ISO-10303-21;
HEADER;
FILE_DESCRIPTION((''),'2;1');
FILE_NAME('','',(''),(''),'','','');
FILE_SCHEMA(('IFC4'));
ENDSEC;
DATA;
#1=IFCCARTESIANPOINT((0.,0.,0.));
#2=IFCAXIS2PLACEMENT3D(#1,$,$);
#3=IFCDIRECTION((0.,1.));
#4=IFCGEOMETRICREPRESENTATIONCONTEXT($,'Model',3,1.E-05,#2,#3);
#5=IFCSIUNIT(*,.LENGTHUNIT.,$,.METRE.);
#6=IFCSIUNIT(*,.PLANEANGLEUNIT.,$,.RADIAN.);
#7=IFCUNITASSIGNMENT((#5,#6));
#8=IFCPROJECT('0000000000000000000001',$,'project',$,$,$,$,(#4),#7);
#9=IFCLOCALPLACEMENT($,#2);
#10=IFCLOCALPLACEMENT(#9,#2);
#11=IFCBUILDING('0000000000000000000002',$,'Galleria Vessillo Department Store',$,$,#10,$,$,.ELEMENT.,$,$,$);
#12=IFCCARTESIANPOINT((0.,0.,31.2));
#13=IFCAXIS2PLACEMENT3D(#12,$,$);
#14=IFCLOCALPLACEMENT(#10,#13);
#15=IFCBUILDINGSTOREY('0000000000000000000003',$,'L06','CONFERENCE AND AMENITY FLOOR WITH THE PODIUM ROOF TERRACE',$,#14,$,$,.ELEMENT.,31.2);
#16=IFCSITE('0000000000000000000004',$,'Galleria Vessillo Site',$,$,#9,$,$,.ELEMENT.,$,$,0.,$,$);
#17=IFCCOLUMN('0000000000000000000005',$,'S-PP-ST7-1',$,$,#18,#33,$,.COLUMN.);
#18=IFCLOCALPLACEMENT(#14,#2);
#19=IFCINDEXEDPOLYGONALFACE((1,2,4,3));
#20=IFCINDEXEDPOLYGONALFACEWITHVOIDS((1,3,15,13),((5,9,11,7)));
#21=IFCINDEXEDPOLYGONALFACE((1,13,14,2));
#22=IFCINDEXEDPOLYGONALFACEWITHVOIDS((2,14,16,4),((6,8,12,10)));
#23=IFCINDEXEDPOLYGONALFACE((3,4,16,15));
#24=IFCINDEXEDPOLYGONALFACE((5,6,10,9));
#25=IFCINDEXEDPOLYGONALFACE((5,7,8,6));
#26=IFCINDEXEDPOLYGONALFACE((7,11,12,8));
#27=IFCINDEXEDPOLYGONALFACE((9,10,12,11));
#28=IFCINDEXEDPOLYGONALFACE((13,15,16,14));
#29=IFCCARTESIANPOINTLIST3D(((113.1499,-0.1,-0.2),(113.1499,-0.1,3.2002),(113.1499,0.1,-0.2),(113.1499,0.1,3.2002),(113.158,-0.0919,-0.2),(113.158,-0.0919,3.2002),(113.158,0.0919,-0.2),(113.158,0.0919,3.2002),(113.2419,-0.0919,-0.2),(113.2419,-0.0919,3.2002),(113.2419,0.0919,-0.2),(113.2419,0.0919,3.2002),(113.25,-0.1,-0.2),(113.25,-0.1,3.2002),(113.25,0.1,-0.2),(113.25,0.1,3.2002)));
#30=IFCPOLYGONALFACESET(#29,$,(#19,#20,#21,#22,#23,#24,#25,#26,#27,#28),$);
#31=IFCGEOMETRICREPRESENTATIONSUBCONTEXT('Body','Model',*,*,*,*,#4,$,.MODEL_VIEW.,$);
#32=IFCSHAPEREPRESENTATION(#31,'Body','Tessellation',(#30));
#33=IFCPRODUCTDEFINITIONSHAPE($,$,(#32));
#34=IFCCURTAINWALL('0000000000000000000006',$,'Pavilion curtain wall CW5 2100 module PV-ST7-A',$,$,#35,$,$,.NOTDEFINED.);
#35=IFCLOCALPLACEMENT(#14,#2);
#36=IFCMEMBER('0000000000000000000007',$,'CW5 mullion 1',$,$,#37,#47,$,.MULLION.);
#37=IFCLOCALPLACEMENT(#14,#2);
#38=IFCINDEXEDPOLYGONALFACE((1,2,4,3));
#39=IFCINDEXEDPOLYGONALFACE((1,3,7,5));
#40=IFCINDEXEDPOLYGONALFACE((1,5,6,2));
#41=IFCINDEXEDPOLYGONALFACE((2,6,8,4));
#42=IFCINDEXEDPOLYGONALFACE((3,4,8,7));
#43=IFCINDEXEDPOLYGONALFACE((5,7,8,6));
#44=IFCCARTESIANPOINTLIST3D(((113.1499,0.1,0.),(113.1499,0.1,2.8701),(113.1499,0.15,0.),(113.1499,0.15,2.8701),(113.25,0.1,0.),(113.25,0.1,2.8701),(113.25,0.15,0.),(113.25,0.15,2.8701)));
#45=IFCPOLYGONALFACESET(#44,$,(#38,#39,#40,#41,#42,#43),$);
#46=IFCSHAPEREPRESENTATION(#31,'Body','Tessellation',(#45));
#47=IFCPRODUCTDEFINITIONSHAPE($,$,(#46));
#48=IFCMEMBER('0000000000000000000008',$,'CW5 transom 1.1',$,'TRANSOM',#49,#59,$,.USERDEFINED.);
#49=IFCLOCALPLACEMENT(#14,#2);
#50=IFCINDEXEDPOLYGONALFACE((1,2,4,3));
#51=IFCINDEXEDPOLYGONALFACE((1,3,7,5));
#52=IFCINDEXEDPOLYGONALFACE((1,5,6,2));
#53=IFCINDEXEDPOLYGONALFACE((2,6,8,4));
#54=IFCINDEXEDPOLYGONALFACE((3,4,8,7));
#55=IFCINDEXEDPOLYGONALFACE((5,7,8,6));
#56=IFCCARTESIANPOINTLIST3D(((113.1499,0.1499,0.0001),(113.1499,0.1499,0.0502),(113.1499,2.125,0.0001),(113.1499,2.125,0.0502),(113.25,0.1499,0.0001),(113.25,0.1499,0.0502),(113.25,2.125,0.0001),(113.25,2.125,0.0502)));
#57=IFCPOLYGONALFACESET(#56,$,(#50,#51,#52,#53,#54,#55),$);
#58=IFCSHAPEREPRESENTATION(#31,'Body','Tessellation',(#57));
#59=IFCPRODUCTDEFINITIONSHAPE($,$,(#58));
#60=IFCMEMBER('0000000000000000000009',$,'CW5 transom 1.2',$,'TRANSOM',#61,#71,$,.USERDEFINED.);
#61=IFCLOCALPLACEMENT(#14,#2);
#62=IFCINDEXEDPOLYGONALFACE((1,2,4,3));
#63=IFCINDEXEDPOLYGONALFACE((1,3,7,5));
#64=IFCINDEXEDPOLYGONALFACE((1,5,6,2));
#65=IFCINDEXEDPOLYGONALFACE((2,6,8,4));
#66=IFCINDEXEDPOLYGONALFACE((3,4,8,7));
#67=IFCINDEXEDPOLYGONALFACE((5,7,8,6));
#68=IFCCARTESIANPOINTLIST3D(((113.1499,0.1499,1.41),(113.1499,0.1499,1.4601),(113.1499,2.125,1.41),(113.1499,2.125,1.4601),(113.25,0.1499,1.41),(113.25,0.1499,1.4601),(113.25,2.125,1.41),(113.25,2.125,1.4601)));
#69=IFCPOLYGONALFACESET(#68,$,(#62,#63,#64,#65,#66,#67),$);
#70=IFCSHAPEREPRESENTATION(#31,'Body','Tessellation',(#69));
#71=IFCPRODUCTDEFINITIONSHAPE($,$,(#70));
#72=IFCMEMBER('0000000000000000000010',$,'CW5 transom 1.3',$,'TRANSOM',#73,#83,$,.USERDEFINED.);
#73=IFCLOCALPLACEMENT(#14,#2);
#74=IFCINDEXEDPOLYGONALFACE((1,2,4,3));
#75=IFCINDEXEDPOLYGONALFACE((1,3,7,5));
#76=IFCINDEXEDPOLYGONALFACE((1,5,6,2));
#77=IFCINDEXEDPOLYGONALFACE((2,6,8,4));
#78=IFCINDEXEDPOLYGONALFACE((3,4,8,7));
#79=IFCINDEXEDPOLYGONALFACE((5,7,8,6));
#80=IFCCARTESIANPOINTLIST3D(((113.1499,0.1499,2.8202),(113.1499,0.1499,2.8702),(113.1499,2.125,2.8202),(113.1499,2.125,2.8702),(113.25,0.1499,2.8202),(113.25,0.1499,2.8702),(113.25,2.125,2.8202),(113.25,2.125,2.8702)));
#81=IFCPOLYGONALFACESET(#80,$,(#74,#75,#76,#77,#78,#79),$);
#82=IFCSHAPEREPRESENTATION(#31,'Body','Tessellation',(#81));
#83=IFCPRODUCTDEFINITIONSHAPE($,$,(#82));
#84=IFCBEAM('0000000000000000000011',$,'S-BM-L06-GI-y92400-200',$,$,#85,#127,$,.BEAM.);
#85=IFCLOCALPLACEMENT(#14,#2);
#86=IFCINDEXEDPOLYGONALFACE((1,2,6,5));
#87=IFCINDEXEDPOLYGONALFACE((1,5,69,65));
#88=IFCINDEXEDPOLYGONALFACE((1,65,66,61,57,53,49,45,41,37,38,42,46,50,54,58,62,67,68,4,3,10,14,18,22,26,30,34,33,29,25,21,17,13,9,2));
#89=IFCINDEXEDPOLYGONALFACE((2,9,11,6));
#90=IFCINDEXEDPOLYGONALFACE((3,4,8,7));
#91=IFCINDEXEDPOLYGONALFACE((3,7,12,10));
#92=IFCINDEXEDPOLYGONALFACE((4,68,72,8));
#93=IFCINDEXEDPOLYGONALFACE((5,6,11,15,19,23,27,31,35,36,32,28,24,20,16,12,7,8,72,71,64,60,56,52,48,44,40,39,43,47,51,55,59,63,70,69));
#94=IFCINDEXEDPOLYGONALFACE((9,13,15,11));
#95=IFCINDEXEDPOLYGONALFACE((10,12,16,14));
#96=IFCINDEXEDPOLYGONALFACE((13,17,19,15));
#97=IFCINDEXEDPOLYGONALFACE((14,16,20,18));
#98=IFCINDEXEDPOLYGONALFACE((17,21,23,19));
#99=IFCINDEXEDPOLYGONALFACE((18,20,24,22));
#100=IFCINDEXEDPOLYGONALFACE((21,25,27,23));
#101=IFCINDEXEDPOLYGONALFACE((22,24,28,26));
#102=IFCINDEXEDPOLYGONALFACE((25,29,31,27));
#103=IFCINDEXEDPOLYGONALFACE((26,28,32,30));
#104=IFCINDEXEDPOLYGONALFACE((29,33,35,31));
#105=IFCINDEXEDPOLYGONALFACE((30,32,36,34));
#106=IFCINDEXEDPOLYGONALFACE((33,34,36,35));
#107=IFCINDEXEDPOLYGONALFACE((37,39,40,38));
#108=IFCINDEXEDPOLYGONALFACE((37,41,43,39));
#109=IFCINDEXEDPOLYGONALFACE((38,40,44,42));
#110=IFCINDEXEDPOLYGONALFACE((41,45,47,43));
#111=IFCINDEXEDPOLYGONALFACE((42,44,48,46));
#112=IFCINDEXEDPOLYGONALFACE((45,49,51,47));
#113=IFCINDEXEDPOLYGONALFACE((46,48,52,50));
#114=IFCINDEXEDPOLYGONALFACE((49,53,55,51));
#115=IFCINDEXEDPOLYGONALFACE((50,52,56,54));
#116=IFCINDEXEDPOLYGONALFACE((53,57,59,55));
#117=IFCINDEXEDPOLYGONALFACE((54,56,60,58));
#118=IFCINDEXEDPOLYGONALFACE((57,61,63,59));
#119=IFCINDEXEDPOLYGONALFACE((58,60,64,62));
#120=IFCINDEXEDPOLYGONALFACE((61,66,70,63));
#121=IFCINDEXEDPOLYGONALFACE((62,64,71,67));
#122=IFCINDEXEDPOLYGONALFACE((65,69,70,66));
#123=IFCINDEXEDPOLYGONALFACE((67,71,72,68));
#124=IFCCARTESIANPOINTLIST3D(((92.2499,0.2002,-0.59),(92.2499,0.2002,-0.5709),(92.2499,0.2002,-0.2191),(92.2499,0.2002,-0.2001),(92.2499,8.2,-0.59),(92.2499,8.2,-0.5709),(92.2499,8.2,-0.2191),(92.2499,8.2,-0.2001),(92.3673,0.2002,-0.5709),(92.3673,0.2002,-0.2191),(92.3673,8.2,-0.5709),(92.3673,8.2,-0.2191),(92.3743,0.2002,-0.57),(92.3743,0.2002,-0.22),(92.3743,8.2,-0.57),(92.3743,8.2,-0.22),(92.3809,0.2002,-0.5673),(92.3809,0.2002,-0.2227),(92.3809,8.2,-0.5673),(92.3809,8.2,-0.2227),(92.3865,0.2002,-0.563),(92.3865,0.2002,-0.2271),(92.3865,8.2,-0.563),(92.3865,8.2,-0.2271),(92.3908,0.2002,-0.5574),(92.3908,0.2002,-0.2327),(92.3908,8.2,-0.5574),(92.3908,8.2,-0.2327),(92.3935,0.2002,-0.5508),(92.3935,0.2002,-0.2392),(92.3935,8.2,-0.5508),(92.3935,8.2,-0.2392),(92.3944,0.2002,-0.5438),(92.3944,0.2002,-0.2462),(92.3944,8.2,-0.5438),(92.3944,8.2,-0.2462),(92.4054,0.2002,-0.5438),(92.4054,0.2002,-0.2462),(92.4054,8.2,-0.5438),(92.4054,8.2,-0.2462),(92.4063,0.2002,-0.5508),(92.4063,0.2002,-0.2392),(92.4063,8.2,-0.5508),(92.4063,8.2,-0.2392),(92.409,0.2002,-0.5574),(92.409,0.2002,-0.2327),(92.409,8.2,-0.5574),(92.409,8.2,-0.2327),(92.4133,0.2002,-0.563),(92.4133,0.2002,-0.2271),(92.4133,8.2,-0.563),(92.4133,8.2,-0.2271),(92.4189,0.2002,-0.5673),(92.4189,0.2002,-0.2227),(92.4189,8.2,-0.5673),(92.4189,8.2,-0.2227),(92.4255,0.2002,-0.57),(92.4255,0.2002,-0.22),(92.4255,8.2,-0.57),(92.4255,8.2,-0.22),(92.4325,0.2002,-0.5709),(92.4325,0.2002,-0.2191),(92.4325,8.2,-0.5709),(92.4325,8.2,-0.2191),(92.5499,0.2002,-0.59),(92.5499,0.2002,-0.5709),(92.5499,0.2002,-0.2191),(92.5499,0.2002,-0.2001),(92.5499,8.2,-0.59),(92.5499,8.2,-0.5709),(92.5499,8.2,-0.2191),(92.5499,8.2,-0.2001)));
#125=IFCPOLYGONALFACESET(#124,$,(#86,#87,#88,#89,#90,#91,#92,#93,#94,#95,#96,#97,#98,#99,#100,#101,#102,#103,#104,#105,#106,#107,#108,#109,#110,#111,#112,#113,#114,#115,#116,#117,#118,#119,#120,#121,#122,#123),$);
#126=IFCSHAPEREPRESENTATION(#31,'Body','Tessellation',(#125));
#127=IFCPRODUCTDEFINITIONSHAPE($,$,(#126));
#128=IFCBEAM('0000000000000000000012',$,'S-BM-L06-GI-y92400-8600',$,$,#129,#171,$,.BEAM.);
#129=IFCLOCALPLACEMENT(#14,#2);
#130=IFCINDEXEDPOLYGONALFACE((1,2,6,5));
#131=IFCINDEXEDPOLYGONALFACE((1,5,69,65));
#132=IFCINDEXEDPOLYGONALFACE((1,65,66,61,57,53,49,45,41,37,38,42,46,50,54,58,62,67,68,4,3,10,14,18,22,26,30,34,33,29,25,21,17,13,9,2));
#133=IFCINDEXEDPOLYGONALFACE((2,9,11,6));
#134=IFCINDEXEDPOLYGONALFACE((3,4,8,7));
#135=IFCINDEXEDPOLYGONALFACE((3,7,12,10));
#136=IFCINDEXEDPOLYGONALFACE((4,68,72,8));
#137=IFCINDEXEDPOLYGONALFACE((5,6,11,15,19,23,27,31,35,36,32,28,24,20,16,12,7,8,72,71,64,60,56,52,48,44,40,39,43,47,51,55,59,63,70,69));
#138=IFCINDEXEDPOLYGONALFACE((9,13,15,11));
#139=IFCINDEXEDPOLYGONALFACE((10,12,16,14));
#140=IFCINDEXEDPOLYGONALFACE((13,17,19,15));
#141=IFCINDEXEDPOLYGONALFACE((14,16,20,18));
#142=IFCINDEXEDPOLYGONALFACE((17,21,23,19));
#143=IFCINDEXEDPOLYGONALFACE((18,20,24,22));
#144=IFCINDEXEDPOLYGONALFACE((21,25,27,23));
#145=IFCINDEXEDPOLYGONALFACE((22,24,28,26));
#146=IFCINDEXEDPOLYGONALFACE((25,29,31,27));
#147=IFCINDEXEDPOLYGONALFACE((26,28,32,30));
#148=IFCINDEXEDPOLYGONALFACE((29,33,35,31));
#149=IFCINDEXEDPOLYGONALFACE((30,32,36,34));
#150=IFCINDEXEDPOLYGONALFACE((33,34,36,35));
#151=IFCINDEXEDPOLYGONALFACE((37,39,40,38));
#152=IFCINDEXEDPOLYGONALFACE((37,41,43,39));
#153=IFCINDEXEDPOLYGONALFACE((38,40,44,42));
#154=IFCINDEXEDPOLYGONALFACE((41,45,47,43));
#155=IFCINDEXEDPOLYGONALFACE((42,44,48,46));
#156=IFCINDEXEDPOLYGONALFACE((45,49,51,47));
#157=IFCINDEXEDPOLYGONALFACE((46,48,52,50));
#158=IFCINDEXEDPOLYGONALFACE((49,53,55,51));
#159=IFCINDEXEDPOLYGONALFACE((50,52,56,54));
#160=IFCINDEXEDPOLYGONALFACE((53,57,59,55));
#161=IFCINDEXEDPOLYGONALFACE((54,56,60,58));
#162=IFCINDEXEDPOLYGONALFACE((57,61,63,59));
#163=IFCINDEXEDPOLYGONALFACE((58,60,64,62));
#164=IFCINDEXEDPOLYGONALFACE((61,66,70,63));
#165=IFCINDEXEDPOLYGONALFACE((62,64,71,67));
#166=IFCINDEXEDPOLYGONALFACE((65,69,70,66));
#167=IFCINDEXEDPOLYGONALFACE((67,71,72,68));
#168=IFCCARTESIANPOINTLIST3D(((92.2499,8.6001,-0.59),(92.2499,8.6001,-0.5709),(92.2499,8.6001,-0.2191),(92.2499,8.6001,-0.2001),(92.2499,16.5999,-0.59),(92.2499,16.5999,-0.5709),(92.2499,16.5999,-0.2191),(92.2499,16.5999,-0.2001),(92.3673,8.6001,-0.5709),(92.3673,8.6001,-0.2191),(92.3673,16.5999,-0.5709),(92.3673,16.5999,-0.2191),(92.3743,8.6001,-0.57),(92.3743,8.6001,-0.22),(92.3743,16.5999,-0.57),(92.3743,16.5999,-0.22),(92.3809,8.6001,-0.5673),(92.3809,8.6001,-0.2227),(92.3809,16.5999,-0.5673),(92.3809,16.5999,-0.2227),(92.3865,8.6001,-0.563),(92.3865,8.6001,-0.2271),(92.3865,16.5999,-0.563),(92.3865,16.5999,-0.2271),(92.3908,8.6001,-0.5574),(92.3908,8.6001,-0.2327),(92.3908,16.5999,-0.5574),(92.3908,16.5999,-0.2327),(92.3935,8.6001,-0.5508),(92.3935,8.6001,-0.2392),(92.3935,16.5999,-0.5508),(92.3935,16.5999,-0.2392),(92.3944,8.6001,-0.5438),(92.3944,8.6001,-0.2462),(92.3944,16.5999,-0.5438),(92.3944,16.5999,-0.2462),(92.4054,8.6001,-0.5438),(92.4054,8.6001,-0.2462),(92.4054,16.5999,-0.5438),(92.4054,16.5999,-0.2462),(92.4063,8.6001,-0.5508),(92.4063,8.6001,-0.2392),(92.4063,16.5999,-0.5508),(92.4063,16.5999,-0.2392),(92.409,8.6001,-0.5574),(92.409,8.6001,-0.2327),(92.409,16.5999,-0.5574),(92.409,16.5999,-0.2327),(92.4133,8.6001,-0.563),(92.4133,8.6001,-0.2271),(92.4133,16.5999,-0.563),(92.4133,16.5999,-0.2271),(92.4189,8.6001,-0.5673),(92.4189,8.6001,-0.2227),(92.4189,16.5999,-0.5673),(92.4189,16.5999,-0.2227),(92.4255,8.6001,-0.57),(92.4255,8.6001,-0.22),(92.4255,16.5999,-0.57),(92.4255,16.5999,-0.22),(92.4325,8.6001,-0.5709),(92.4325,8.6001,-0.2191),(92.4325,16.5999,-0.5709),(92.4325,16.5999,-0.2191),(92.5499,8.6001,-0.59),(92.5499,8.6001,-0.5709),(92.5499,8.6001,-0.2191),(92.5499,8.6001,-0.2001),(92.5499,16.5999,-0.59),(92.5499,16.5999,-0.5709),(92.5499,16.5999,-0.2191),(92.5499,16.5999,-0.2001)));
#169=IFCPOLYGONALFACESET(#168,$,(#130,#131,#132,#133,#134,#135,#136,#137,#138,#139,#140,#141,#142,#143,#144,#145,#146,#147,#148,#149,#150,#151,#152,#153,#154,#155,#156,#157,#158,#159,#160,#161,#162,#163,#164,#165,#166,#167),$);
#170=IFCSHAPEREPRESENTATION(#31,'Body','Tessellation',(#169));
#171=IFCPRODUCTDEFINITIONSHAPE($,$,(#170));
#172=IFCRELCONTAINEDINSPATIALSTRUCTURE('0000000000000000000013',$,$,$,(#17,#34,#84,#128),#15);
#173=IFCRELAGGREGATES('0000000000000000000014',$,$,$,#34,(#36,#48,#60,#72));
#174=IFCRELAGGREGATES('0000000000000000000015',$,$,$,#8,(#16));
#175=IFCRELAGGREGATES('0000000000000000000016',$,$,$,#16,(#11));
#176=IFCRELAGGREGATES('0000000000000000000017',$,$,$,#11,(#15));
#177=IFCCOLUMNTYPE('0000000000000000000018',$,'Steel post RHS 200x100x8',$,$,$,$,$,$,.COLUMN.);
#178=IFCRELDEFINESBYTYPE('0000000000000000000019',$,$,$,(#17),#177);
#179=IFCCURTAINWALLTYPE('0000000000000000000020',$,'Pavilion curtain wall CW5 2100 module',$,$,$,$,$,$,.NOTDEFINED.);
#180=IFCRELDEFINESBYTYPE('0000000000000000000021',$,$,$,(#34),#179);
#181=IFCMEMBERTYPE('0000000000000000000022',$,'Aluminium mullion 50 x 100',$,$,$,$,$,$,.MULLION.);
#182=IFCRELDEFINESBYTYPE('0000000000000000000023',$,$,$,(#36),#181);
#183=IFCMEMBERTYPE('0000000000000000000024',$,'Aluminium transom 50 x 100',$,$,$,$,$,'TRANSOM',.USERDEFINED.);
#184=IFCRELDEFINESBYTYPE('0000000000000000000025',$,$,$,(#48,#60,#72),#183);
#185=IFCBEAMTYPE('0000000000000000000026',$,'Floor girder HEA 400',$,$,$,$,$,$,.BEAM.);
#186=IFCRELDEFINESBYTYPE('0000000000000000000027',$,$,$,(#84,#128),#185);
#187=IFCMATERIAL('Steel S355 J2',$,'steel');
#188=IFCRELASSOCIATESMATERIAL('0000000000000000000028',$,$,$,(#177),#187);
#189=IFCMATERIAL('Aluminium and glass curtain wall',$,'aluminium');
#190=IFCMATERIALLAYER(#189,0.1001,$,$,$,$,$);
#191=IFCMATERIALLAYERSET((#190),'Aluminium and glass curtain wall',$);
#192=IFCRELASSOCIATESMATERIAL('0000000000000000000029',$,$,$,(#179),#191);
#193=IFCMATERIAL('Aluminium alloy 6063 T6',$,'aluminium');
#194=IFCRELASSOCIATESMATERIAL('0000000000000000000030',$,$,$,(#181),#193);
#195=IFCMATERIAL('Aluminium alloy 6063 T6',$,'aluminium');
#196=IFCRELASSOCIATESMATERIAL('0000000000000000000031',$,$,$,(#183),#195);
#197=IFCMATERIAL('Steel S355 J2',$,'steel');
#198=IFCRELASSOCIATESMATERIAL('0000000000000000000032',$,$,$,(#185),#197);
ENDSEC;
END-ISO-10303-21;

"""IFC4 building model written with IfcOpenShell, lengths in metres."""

from ifc_helpers import new_model, si_unit, direction, frame, origin, origin_2d, place, context, subcontext, project, spatial, rectangle, hollow_rectangle, i_section, extrude, material, layer, layer_set, material_profile, profile_set, type_object, element, aggregate, save


model = new_model("IFC4")

# Units and contexts
model_context = context("Model", 3, precision=1e-05, world=origin(), true_north=direction((0.0, 1.0)))
body_context = subcontext(model_context, "Body", "Model", "MODEL_VIEW")
ifc_project = project(units=[si_unit("LENGTHUNIT", "METRE"), si_unit("PLANEANGLEUNIT", "RADIAN")], contexts=[model_context])

# Site, building, storey
site_placement = place(None, origin())
site = spatial("IfcSite", under=ifc_project, at=site_placement, Name="Galleria Vessillo Site", CompositionType="ELEMENT", RefElevation=0.0)
building_placement = place(site_placement, origin())
building = spatial("IfcBuilding", under=site, at=building_placement, Name="Galleria Vessillo Department Store", CompositionType="ELEMENT")
storey_placement = place(building_placement, frame((0.0, 0.0, 31.2)))
storey = spatial("IfcBuildingStorey", under=building, at=storey_placement, Name="L06", Description="CONFERENCE AND AMENITY FLOOR WITH THE PODIUM ROOF TERRACE", CompositionType="ELEMENT", Elevation=31.2)

# Column
ifc_material_1 = material(Name="Steel S355 J2", Category="steel")
ifc_material_profile_1 = material_profile(ifc_material_1, hollow_rectangle(XDim=0.1001, YDim=0.2, WallThickness=0.0081, at=origin_2d()), Name="RHS 200x100x8")
ifc_profile_set_1 = profile_set([ifc_material_profile_1], Name="Steel S355 J2")
column_type = type_object("IfcColumnType", Name="Steel post RHS 200x100x8", PredefinedType="COLUMN", material=ifc_profile_set_1)
column_placement = place(storey_placement, frame((113.2, 0.0, -0.2), z_axis=(0.0, 0.0, 1.0), x_axis=(1.0, 0.0, 0.0)))
element("IfcColumn", 1, at=column_placement, inside=storey, type_object=column_type, Name="S-PP-ST7-1", PredefinedType="COLUMN", context=body_context, shape_type="SweptSolid", body=[
    extrude(hollow_rectangle(XDim=0.1001, YDim=0.2, WallThickness=0.0081, at=origin_2d()), origin(), (0.0, 0.0, 1.0), 3.4001),
])

# Curtain wall, members
ifc_material_2 = material(Name="Aluminium and glass curtain wall", Category="aluminium")
ifc_layer_1 = layer(ifc_material_2, 0.1001)
ifc_layer_set_1 = layer_set([ifc_layer_1], Name="Aluminium and glass curtain wall")
curtain_wall_type = type_object("IfcCurtainWallType", Name="Pavilion curtain wall CW5 2100 module", PredefinedType="NOTDEFINED", material=ifc_layer_set_1)
curtain_wall_placement = place(storey_placement, origin())
curtain_wall = element("IfcCurtainWall", 2, at=curtain_wall_placement, inside=storey, type_object=curtain_wall_type, Name="Pavilion curtain wall CW5 2100 module PV-ST7-A", PredefinedType="NOTDEFINED")
ifc_material_3 = material(Name="Aluminium alloy 6063 T6", Category="aluminium")
ifc_material_profile_2 = material_profile(ifc_material_3, rectangle(XDim=0.1001, YDim=0.05, at=origin_2d()), Name="AL 50x100")
ifc_profile_set_2 = profile_set([ifc_material_profile_2], Name="Aluminium alloy 6063 T6")
member_type_1 = type_object("IfcMemberType", Name="Aluminium mullion 50 x 100", PredefinedType="MULLION", material=ifc_profile_set_2)
member_1_placement = place(storey_placement, frame((113.2, 0.125, 0.0), z_axis=(0.0, 0.0, 1.0), x_axis=(-1.0, 0.0, 0.0)))
member_1 = element("IfcMember", 3, at=member_1_placement, type_object=member_type_1, Name="CW5 mullion 1", PredefinedType="MULLION", context=body_context, shape_type="SweptSolid", body=[
    extrude(rectangle(XDim=0.1001, YDim=0.05, at=origin_2d()), origin(), (0.0, 0.0, 1.0), 2.8701),
])
ifc_material_4 = material(Name="Aluminium alloy 6063 T6", Category="aluminium")
ifc_material_profile_3 = material_profile(ifc_material_4, rectangle(XDim=0.1001, YDim=0.05, at=origin_2d()), Name="AL 50x100")
ifc_profile_set_3 = profile_set([ifc_material_profile_3], Name="Aluminium alloy 6063 T6")
member_type_2 = type_object("IfcMemberType", Name="Aluminium transom 50 x 100", ElementType="TRANSOM", PredefinedType="USERDEFINED", material=ifc_profile_set_3)
member_2_placement = place(storey_placement, frame((113.2, 0.1499, 0.0251), z_axis=(0.0, 1.0, 0.0), x_axis=(-1.0, 0.0, 0.0)))
member_2 = element("IfcMember", 4, at=member_2_placement, type_object=member_type_2, Name="CW5 transom 1.1", ObjectType="TRANSOM", PredefinedType="USERDEFINED", context=body_context, shape_type="SweptSolid", body=[
    extrude(rectangle(XDim=0.1001, YDim=0.05, at=origin_2d()), origin(), (0.0, 0.0, 1.0), 1.9751),
])
member_3_placement = place(storey_placement, frame((113.2, 0.1499, 1.4351), z_axis=(0.0, 1.0, 0.0), x_axis=(-1.0, 0.0, 0.0)))
member_3 = element("IfcMember", 5, at=member_3_placement, type_object=member_type_2, Name="CW5 transom 1.2", ObjectType="TRANSOM", PredefinedType="USERDEFINED", context=body_context, shape_type="SweptSolid", body=[
    extrude(rectangle(XDim=0.1001, YDim=0.05, at=origin_2d()), origin(), (0.0, 0.0, 1.0), 1.9751),
])
member_4_placement = place(storey_placement, frame((113.2, 0.1499, 2.8452), z_axis=(0.0, 1.0, 0.0), x_axis=(-1.0, 0.0, 0.0)))
member_4 = element("IfcMember", 6, at=member_4_placement, type_object=member_type_2, Name="CW5 transom 1.3", ObjectType="TRANSOM", PredefinedType="USERDEFINED", context=body_context, shape_type="SweptSolid", body=[
    extrude(rectangle(XDim=0.1001, YDim=0.05, at=origin_2d()), origin(), (0.0, 0.0, 1.0), 1.9751),
])

# Beams
ifc_material_5 = material(Name="Steel S355 J2", Category="steel")
ifc_material_profile_4 = material_profile(ifc_material_5, i_section(OverallWidth=0.3, OverallDepth=0.3899, WebThickness=0.011, FlangeThickness=0.019, FilletRadius=0.0271, at=origin_2d()), Name="HEA 400")
ifc_profile_set_4 = profile_set([ifc_material_profile_4], Name="Steel S355 J2")
beam_type_1 = type_object("IfcBeamType", Name="Floor girder HEA 400", PredefinedType="BEAM", material=ifc_profile_set_4)
for number, where, z_axis, x_axis, name in (
    (7, (92.3999, 0.2002, -0.395), (0.0, 1.0, 0.0), (-1.0, 0.0, 0.0), "S-BM-L06-GI-y92400-200"),
    (8, (92.3999, 8.6001, -0.395), (0.0, 1.0, 0.0), (-1.0, 0.0, 0.0), "S-BM-L06-GI-y92400-8600"),
):
    element("IfcBeam", number, at=place(storey_placement, frame(where, z_axis=z_axis, x_axis=x_axis)), inside=storey, type_object=beam_type_1, Name=name, PredefinedType="BEAM", context=body_context, shape_type="SweptSolid", body=[
        extrude(i_section(OverallWidth=0.3, OverallDepth=0.3899, WebThickness=0.011, FlangeThickness=0.019, FilletRadius=0.0271, at=origin_2d()), origin(), (0.0, 0.0, 1.0), 7.9998),
    ])

aggregate(curtain_wall, [member_1, member_2, member_3, member_4])

save(model, "model.ifc")
